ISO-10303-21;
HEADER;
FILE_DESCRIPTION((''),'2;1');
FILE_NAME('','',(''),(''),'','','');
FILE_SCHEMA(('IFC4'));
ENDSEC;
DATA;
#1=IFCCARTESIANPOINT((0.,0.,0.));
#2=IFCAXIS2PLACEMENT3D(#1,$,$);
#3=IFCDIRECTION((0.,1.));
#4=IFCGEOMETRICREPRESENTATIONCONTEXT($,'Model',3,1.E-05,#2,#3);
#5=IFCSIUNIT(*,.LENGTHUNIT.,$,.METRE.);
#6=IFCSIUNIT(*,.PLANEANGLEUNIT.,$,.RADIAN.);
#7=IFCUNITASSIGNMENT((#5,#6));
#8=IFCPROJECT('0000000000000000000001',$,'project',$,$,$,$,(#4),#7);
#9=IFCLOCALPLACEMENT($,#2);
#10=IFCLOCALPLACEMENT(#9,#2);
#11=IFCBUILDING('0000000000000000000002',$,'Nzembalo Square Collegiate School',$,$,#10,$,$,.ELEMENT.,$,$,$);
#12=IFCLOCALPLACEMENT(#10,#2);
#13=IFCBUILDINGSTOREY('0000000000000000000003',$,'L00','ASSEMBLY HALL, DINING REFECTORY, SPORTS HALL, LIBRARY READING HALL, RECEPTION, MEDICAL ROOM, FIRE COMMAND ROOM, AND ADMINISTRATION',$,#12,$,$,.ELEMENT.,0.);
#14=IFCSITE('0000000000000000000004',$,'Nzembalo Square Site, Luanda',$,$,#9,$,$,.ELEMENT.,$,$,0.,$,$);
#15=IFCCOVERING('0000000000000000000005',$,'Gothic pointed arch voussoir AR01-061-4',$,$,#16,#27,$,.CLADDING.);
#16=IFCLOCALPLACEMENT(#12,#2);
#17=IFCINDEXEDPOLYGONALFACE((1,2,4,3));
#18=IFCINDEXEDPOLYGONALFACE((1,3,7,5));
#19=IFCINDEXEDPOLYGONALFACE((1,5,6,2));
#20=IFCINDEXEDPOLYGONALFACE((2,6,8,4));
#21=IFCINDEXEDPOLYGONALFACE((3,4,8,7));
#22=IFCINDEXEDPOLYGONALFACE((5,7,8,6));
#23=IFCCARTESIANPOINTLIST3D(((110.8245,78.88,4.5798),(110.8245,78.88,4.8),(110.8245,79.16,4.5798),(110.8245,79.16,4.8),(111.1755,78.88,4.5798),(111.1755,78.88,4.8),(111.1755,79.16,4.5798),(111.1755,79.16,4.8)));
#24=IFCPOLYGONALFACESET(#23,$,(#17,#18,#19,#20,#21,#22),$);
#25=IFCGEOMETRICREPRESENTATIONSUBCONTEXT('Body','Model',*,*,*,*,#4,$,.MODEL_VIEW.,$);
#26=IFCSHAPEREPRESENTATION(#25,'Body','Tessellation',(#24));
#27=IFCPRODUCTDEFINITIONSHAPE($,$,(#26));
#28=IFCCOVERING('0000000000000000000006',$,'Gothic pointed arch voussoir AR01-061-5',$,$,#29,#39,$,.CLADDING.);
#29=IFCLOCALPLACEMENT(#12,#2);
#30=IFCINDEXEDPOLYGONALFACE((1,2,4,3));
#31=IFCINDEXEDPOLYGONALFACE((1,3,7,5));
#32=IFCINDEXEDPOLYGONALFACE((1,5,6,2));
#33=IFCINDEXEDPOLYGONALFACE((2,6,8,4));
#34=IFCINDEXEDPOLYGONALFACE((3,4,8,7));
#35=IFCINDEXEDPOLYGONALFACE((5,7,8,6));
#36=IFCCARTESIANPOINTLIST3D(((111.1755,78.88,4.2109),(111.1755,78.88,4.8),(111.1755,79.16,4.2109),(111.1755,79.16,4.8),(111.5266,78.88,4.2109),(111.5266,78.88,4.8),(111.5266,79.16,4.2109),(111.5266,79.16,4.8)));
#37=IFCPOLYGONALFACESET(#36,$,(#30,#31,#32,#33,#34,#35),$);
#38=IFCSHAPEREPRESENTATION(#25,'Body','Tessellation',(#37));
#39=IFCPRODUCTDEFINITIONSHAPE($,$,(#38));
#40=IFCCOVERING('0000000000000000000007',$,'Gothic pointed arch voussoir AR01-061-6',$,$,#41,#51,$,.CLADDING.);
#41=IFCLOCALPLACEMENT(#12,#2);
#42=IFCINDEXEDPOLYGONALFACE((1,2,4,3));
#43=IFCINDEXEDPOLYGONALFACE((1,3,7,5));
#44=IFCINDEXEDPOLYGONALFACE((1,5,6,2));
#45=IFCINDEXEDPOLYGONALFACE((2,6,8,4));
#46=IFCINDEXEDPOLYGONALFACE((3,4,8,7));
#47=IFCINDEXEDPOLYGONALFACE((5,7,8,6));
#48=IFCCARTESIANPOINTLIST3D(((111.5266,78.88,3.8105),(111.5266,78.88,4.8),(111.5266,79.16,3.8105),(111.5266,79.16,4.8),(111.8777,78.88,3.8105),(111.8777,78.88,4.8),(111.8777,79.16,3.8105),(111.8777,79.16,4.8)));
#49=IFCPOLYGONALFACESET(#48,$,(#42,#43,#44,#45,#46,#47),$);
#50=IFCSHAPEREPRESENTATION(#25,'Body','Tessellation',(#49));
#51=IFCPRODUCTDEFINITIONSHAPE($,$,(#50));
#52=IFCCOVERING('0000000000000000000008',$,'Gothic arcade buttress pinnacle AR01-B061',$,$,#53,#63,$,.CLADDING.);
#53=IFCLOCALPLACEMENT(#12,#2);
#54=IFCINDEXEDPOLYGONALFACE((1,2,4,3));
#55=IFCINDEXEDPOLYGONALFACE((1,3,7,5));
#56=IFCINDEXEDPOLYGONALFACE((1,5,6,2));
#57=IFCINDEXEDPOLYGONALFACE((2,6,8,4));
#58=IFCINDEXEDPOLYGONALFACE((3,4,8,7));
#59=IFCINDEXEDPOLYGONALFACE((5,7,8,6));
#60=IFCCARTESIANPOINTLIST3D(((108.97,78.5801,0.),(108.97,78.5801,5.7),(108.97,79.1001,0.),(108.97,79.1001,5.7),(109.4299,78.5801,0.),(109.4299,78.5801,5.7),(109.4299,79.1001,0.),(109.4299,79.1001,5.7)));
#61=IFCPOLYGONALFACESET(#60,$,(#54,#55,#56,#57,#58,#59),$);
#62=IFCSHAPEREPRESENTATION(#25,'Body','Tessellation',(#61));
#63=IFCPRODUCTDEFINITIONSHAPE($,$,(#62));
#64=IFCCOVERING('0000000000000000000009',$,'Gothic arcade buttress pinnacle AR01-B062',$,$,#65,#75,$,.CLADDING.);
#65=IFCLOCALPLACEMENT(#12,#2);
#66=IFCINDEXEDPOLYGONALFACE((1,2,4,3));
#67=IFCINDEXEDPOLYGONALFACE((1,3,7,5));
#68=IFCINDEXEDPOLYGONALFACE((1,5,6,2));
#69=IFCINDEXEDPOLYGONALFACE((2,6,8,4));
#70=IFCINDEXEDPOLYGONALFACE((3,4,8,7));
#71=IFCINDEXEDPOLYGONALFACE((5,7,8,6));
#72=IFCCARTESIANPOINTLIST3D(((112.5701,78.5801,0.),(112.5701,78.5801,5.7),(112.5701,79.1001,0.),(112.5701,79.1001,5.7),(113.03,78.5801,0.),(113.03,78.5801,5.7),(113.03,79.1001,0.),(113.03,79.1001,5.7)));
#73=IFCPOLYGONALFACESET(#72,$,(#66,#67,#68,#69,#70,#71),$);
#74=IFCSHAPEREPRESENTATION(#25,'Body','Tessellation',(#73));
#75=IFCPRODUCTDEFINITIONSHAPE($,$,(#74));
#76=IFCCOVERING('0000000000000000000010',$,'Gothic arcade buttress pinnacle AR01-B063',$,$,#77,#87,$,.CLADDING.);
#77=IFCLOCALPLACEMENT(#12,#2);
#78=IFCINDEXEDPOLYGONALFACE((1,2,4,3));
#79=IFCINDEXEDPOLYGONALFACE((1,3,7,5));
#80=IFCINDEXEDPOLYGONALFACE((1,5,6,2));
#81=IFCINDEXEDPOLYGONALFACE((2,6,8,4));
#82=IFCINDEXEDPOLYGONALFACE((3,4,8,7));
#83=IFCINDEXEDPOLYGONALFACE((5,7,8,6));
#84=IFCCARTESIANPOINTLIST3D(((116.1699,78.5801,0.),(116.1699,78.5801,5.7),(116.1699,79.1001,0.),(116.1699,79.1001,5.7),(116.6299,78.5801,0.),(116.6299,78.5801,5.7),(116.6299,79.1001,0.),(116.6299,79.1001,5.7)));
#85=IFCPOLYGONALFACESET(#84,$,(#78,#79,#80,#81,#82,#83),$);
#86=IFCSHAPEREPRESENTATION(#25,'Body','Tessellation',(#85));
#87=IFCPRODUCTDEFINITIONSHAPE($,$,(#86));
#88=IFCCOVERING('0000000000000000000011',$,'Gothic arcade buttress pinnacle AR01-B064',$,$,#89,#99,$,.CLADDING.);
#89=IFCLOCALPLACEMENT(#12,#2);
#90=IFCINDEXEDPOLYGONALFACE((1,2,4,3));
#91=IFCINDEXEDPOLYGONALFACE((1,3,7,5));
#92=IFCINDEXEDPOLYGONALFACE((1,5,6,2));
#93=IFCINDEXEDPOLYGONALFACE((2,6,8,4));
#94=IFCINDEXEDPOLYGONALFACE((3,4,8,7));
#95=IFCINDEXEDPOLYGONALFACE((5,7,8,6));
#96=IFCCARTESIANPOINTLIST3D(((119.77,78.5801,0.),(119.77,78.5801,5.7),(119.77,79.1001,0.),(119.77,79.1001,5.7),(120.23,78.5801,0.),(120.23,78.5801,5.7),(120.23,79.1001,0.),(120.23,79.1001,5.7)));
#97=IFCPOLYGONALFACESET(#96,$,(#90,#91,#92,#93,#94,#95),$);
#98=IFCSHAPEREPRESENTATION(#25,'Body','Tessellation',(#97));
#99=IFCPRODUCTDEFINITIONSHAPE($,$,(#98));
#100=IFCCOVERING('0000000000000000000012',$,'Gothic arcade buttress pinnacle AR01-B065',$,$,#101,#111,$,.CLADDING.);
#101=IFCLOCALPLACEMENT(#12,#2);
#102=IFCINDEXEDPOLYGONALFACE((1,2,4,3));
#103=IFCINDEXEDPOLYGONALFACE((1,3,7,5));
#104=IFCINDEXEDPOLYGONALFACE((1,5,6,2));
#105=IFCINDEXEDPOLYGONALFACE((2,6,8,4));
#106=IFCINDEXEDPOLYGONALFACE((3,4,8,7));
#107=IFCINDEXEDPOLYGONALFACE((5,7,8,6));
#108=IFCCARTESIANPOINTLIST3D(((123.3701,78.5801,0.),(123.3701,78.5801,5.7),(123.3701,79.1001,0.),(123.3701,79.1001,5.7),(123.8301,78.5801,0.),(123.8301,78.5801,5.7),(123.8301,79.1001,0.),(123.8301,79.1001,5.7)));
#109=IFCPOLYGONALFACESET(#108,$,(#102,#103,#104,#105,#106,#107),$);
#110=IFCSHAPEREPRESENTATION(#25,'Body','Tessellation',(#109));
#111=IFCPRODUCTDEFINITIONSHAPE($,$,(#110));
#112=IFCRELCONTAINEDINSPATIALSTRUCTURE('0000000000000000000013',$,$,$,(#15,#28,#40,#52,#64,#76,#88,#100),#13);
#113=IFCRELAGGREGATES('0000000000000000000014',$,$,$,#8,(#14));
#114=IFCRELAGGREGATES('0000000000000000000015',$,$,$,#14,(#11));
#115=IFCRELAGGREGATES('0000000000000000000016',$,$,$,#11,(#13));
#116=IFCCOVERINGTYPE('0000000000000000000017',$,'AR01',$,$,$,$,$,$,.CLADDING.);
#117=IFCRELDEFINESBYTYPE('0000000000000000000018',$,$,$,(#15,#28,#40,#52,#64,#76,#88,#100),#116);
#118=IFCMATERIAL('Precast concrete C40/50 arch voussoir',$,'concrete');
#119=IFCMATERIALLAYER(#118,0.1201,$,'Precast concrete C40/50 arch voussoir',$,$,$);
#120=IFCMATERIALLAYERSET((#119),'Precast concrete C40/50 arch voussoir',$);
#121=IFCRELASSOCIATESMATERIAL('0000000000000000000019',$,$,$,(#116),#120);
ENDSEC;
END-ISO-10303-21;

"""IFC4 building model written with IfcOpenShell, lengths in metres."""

from ifc_helpers import new_model, si_unit, direction, frame, origin, origin_2d, place, context, subcontext, project, spatial, rectangle, extrude, material, layer, layer_set, type_object, element, save


model = new_model("IFC4")

# Units and contexts
model_context = context("Model", 3, precision=1e-05, world=origin(), true_north=direction((0.0, 1.0)))
body_context = subcontext(model_context, "Body", "Model", "MODEL_VIEW")
ifc_project = project(units=[si_unit("LENGTHUNIT", "METRE"), si_unit("PLANEANGLEUNIT", "RADIAN")], contexts=[model_context])

# Site, building, storey
site_placement = place(None, origin())
site = spatial("IfcSite", under=ifc_project, at=site_placement, Name="Nzembalo Square Site, Luanda", CompositionType="ELEMENT", RefElevation=0.0)
building_placement = place(site_placement, origin())
building = spatial("IfcBuilding", under=site, at=building_placement, Name="Nzembalo Square Collegiate School", CompositionType="ELEMENT")
storey_placement = place(building_placement, origin())
storey = spatial("IfcBuildingStorey", under=building, at=storey_placement, Name="L00", Description="ASSEMBLY HALL, DINING REFECTORY, SPORTS HALL, LIBRARY READING HALL, RECEPTION, MEDICAL ROOM, FIRE COMMAND ROOM, AND ADMINISTRATION", CompositionType="ELEMENT", Elevation=0.0)

# Coverings
ifc_material_1 = material(Name="Precast concrete C40/50 arch voussoir", Category="concrete")
ifc_layer_1 = layer(ifc_material_1, 0.1201, Name="Precast concrete C40/50 arch voussoir")
ifc_layer_set_1 = layer_set([ifc_layer_1], Name="Precast concrete C40/50 arch voussoir")
covering_type = type_object("IfcCoveringType", Name="AR01", PredefinedType="CLADDING", material=ifc_layer_set_1)
covering_1_placement = place(storey_placement, frame((111.0, 79.02, 4.5798), z_axis=(0.0, 0.0, 1.0), x_axis=(1.0, 0.0, 0.0)))
element("IfcCovering", 1, at=covering_1_placement, inside=storey, type_object=covering_type, Name="Gothic pointed arch voussoir AR01-061-4", PredefinedType="CLADDING", context=body_context, shape_type="SweptSolid", body=[
    extrude(rectangle(XDim=0.3511, YDim=0.28, at=origin_2d()), origin(), (0.0, 0.0, 1.0), 0.2202),
])
covering_2_placement = place(storey_placement, frame((111.3511, 79.02, 4.2109), z_axis=(0.0, 0.0, 1.0), x_axis=(1.0, 0.0, 0.0)))
element("IfcCovering", 2, at=covering_2_placement, inside=storey, type_object=covering_type, Name="Gothic pointed arch voussoir AR01-061-5", PredefinedType="CLADDING", context=body_context, shape_type="SweptSolid", body=[
    extrude(rectangle(XDim=0.3511, YDim=0.28, at=origin_2d()), origin(), (0.0, 0.0, 1.0), 0.5891),
])
covering_3_placement = place(storey_placement, frame((111.7021, 79.02, 3.8105), z_axis=(0.0, 0.0, 1.0), x_axis=(1.0, 0.0, 0.0)))
element("IfcCovering", 3, at=covering_3_placement, inside=storey, type_object=covering_type, Name="Gothic pointed arch voussoir AR01-061-6", PredefinedType="CLADDING", context=body_context, shape_type="SweptSolid", body=[
    extrude(rectangle(XDim=0.3511, YDim=0.28, at=origin_2d()), origin(), (0.0, 0.0, 1.0), 0.9895),
])
for number, where, z_axis, x_axis, name in (
    (4, (109.2, 78.8401, 0.0), (0.0, 0.0, 1.0), (1.0, 0.0, 0.0), "Gothic arcade buttress pinnacle AR01-B061"),
    (5, (112.8, 78.8401, 0.0), (0.0, 0.0, 1.0), (1.0, 0.0, 0.0), "Gothic arcade buttress pinnacle AR01-B062"),
    (6, (116.3999, 78.8401, 0.0), (0.0, 0.0, 1.0), (1.0, 0.0, 0.0), "Gothic arcade buttress pinnacle AR01-B063"),
    (7, (120.0, 78.8401, 0.0), (0.0, 0.0, 1.0), (1.0, 0.0, 0.0), "Gothic arcade buttress pinnacle AR01-B064"),
    (8, (123.6001, 78.8401, 0.0), (0.0, 0.0, 1.0), (1.0, 0.0, 0.0), "Gothic arcade buttress pinnacle AR01-B065"),
):
    element("IfcCovering", number, at=place(storey_placement, frame(where, z_axis=z_axis, x_axis=x_axis)), inside=storey, type_object=covering_type, Name=name, PredefinedType="CLADDING", context=body_context, shape_type="SweptSolid", body=[
        extrude(rectangle(XDim=0.46, YDim=0.52, at=origin_2d()), origin(), (0.0, 0.0, 1.0), 5.7),
    ])

save(model, "model.ifc")
